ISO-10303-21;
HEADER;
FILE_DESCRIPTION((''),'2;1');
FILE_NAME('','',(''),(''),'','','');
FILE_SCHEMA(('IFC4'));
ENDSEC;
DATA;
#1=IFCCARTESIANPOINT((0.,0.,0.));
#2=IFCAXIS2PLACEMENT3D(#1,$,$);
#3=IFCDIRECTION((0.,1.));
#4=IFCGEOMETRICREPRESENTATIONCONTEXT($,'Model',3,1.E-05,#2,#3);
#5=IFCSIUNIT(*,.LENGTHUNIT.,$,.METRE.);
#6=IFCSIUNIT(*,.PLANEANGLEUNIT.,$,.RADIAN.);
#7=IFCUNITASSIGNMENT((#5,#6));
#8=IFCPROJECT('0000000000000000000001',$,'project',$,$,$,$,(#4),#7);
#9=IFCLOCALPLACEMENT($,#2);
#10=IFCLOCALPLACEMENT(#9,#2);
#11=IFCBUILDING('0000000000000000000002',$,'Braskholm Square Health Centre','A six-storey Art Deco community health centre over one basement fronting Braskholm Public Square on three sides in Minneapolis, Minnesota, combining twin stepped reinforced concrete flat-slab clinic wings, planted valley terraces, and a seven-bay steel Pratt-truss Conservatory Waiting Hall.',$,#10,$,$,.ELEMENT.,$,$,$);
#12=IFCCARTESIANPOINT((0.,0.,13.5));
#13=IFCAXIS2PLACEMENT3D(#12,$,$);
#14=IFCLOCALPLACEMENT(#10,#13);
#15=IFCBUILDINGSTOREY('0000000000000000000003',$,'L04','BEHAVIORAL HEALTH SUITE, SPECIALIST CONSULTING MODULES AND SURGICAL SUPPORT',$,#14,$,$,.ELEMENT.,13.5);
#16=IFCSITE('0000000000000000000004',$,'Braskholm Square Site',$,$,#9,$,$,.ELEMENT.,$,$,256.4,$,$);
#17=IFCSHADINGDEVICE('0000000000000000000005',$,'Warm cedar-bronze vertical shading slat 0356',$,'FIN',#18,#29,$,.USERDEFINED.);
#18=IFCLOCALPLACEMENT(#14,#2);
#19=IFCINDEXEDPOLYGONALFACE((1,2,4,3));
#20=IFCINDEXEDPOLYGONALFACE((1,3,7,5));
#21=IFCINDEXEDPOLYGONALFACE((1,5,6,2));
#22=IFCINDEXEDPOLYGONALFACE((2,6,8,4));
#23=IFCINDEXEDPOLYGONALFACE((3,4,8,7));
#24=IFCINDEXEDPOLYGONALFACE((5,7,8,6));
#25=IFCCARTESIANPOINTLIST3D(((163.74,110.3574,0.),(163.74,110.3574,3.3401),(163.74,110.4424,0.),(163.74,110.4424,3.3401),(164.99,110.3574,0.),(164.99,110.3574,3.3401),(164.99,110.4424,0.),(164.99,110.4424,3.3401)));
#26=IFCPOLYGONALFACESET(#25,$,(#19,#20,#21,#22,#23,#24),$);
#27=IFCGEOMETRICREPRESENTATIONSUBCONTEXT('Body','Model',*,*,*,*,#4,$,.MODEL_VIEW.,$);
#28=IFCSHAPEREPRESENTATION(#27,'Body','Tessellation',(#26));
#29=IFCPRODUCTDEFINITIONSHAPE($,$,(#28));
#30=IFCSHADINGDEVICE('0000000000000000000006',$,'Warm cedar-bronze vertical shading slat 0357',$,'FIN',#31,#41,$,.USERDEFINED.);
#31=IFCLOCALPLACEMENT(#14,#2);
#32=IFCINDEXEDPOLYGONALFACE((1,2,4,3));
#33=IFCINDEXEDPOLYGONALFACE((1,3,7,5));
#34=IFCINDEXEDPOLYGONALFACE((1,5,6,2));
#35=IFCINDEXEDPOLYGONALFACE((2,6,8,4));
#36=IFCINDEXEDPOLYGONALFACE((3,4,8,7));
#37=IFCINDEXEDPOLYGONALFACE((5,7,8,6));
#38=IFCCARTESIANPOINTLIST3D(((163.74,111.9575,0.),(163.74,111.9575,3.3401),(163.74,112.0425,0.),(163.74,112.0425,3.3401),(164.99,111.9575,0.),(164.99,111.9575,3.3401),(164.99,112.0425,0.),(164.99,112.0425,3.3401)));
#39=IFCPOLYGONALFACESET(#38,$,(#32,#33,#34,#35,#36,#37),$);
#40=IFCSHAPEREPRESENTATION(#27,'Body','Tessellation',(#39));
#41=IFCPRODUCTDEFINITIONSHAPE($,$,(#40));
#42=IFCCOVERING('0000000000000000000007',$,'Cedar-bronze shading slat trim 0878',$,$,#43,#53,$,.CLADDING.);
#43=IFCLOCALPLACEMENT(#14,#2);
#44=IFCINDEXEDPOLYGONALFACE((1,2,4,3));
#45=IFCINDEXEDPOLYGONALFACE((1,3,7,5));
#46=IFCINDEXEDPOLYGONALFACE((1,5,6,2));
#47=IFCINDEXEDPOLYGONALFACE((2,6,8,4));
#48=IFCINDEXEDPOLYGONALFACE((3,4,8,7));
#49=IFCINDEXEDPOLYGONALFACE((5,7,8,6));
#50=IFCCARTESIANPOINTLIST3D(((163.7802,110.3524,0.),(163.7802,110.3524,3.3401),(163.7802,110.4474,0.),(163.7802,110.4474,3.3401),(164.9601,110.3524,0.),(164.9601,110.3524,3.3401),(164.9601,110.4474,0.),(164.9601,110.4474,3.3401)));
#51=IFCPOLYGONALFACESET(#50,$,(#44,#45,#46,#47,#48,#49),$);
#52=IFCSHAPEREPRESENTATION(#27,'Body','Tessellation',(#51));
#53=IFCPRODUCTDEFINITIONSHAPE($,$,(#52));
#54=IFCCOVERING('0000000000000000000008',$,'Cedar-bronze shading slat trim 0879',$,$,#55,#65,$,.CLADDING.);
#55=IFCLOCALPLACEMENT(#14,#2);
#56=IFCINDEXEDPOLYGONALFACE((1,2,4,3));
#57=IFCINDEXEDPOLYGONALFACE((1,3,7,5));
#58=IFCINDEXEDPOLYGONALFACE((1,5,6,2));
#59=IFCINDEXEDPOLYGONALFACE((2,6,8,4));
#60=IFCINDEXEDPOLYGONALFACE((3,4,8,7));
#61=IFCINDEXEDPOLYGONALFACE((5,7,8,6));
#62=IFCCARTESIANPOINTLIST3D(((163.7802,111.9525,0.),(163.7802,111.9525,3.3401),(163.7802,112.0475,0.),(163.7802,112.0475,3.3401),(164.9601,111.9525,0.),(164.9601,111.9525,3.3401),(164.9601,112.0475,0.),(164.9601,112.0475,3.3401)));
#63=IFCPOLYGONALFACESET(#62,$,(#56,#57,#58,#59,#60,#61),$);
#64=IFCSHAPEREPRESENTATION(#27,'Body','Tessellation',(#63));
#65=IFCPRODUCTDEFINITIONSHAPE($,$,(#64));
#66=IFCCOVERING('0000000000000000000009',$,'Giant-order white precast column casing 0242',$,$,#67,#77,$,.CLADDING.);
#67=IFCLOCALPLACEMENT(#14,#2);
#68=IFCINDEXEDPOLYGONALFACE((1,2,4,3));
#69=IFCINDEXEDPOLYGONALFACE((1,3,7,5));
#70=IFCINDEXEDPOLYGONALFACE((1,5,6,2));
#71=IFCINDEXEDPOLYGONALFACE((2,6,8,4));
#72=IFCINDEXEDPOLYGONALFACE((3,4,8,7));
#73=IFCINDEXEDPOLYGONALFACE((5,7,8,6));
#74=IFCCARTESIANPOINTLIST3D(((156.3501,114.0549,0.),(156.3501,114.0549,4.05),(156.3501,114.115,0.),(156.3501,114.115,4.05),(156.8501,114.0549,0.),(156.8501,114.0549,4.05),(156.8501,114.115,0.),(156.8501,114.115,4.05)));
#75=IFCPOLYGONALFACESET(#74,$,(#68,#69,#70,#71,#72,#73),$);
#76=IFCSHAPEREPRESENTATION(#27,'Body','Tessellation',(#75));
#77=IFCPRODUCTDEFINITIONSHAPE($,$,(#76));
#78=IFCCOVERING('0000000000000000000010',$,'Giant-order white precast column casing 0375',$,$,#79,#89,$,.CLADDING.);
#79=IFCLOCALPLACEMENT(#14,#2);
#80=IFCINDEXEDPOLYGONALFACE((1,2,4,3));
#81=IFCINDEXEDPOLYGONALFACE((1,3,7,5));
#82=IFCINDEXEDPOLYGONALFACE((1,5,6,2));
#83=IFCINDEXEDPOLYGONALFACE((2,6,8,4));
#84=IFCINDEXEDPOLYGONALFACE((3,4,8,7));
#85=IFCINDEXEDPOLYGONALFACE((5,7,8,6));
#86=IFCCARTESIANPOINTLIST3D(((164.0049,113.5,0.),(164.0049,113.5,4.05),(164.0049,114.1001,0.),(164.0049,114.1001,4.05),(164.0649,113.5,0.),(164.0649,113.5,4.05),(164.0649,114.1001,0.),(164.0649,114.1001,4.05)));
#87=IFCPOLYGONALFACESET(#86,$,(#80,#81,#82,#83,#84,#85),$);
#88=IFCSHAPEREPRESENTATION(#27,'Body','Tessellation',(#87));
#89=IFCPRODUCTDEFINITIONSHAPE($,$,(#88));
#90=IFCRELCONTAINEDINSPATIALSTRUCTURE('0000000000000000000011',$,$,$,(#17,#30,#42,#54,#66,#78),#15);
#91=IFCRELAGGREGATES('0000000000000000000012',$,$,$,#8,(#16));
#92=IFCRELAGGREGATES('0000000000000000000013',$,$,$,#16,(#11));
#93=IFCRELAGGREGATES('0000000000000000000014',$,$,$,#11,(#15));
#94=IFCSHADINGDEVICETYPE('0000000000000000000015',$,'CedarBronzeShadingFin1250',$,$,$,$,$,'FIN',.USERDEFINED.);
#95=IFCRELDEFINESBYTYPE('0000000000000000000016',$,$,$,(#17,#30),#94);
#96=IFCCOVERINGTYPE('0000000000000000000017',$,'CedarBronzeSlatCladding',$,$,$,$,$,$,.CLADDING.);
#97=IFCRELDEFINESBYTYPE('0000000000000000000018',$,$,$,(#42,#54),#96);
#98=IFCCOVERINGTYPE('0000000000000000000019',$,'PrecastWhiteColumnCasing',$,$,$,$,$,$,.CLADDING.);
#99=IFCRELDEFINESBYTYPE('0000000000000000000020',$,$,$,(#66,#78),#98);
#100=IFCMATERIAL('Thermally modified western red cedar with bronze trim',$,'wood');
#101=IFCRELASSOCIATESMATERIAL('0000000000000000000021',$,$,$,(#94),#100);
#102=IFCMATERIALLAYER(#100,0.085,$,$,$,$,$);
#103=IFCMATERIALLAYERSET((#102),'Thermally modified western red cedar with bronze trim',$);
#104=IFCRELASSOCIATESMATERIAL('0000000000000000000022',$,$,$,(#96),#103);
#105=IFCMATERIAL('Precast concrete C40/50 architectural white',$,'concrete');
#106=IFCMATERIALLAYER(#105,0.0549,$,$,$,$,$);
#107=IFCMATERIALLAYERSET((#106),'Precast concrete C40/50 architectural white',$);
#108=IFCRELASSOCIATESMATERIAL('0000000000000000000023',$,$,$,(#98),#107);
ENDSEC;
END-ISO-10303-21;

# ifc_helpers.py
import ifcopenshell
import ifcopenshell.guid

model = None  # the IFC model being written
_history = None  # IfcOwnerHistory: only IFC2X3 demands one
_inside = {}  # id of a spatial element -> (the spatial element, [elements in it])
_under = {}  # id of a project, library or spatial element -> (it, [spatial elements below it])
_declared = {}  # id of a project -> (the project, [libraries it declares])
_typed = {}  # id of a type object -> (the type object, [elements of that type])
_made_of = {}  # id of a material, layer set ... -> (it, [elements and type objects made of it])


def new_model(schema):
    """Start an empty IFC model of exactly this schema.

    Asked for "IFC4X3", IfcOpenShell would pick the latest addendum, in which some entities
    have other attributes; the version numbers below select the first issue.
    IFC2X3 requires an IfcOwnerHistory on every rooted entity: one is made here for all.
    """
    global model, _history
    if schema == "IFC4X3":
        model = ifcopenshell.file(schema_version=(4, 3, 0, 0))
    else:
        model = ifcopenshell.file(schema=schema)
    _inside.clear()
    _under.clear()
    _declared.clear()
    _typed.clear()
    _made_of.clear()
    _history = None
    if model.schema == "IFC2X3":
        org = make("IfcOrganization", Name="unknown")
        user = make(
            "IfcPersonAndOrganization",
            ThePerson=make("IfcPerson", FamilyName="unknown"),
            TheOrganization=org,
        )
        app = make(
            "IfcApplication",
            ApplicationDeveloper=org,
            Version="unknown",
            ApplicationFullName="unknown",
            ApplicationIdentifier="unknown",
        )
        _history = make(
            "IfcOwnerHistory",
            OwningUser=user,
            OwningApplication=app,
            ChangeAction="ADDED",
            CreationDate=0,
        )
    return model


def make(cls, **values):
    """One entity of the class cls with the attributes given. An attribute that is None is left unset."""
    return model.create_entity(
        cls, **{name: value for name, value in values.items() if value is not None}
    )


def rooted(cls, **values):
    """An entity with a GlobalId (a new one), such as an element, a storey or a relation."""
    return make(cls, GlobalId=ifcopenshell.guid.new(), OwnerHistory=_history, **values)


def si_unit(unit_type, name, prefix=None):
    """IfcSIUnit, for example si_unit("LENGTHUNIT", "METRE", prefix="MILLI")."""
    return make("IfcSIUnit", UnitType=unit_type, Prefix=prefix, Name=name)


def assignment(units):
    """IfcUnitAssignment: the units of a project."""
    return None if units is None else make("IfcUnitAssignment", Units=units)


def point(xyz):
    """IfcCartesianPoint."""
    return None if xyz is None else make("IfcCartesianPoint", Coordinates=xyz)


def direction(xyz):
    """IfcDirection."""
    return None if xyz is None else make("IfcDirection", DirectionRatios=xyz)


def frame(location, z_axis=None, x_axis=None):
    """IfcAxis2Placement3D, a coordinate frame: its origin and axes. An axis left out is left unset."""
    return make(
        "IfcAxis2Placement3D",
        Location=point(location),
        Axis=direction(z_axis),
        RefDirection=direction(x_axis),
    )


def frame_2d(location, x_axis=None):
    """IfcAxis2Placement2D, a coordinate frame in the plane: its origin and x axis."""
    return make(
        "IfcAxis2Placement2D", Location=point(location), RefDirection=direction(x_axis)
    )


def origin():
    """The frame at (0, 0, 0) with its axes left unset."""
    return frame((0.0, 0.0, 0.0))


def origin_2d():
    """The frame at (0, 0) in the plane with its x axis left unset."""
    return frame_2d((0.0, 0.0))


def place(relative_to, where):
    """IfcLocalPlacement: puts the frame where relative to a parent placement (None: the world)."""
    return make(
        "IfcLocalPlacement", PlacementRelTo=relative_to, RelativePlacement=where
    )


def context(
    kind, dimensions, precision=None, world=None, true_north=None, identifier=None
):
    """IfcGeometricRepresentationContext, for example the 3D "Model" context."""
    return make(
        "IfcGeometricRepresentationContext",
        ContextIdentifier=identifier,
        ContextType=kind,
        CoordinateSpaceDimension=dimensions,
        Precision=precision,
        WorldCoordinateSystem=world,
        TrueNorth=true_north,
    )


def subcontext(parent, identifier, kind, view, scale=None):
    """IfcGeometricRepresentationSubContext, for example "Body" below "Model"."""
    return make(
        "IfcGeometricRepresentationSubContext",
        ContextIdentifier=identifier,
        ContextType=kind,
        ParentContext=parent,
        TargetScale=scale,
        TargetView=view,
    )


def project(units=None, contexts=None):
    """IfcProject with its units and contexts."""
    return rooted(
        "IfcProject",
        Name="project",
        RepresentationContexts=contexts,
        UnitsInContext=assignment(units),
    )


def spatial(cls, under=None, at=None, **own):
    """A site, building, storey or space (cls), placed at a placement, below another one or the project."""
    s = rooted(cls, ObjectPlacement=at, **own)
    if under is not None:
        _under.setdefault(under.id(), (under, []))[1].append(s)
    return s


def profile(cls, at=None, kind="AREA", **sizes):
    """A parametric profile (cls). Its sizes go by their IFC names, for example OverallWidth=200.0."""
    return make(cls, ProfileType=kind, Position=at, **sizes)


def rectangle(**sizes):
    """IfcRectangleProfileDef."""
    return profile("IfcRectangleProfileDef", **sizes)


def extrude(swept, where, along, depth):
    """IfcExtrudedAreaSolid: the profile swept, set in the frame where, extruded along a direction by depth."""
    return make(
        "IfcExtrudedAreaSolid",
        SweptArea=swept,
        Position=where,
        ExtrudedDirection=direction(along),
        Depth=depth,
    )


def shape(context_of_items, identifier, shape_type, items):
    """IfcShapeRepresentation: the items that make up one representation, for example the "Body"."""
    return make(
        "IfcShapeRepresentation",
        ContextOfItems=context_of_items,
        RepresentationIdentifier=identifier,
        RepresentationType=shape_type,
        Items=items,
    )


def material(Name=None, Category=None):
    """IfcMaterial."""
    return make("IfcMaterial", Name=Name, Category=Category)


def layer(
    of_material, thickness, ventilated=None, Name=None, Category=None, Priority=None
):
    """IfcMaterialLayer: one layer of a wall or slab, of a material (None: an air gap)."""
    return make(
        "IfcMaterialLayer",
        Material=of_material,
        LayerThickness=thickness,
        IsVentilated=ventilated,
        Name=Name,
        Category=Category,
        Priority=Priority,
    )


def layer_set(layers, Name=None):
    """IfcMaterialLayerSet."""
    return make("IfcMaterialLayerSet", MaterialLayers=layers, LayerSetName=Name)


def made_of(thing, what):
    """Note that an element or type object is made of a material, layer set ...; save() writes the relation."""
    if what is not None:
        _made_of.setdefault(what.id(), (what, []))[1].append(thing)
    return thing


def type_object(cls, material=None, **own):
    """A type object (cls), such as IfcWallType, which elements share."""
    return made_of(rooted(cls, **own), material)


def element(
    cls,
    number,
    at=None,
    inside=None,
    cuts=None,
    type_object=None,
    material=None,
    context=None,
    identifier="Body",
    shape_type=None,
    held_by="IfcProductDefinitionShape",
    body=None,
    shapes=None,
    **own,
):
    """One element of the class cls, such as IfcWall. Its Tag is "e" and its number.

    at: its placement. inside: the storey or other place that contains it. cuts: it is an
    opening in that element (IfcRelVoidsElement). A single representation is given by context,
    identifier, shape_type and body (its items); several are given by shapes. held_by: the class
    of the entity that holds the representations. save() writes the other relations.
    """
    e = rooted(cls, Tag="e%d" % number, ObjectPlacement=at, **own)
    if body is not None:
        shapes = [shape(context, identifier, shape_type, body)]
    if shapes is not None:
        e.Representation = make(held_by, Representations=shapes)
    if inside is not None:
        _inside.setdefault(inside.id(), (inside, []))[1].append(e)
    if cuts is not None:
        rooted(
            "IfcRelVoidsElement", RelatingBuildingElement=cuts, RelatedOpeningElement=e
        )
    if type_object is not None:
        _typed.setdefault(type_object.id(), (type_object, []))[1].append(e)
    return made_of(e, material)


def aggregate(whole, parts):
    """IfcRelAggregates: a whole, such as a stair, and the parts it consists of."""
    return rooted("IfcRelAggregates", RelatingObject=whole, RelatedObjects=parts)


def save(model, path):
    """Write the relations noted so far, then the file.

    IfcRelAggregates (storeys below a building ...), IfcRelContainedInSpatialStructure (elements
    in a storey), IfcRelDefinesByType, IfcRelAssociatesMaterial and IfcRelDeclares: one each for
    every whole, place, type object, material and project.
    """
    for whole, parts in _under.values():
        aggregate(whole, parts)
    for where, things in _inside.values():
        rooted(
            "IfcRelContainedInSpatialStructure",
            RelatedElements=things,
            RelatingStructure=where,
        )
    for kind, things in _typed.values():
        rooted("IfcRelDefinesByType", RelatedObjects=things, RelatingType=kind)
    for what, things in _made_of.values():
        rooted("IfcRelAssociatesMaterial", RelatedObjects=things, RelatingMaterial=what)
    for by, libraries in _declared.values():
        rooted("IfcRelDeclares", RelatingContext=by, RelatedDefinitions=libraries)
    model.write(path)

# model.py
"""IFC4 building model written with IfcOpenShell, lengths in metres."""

from ifc_helpers import new_model, si_unit, direction, frame, origin, origin_2d, place, context, subcontext, project, spatial, rectangle, extrude, material, layer, layer_set, type_object, element, save


model = new_model("IFC4")

# Units and contexts
model_context = context("Model", 3, precision=1e-05, world=origin(), true_north=direction((0.0, 1.0)))
body_context = subcontext(model_context, "Body", "Model", "MODEL_VIEW")
ifc_project = project(units=[si_unit("LENGTHUNIT", "METRE"), si_unit("PLANEANGLEUNIT", "RADIAN")], contexts=[model_context])

# Site, building, storey
site_placement = place(None, origin())
site = spatial("IfcSite", under=ifc_project, at=site_placement, Name="Braskholm Square Site", CompositionType="ELEMENT", RefElevation=256.4)
building_placement = place(site_placement, origin())
building = spatial("IfcBuilding", under=site, at=building_placement, Name="Braskholm Square Health Centre", Description="A six-storey Art Deco community health centre over one basement fronting Braskholm Public Square on three sides in Minneapolis, Minnesota, combining twin stepped reinforced concrete flat-slab clinic wings, planted valley terraces, and a seven-bay steel Pratt-truss Conservatory Waiting Hall.", CompositionType="ELEMENT")
storey_placement = place(building_placement, frame((0.0, 0.0, 13.5)))
storey = spatial("IfcBuildingStorey", under=building, at=storey_placement, Name="L04", Description="BEHAVIORAL HEALTH SUITE, SPECIALIST CONSULTING MODULES AND SURGICAL SUPPORT", CompositionType="ELEMENT", Elevation=13.5)

# Shared definitions
ifc_material_1 = material(Name="Precast concrete C40/50 architectural white", Category="concrete")

# Shading devices
ifc_material_2 = material(Name="Thermally modified western red cedar with bronze trim", Category="wood")
shading_device_type = type_object("IfcShadingDeviceType", Name="CedarBronzeShadingFin1250", ElementType="FIN", PredefinedType="USERDEFINED", material=ifc_material_2)
for number, where, z_axis, x_axis, name in (
    (1, (164.365, 110.3999, 0.0), (0.0, 0.0, 1.0), (1.0, 0.0, 0.0), "Warm cedar-bronze vertical shading slat 0356"),
    (2, (164.365, 112.0, 0.0), (0.0, 0.0, 1.0), (1.0, 0.0, 0.0), "Warm cedar-bronze vertical shading slat 0357"),
):
    element("IfcShadingDevice", number, at=place(storey_placement, frame(where, z_axis=z_axis, x_axis=x_axis)), inside=storey, type_object=shading_device_type, Name=name, ObjectType="FIN", PredefinedType="USERDEFINED", context=body_context, shape_type="SweptSolid", body=[
        extrude(rectangle(XDim=1.25, YDim=0.085, at=origin_2d()), origin(), (0.0, 0.0, 1.0), 3.3401),
    ])

# Coverings
ifc_layer_1 = layer(ifc_material_2, 0.085)
ifc_layer_set_1 = layer_set([ifc_layer_1], Name="Thermally modified western red cedar with bronze trim")
covering_type_1 = type_object("IfcCoveringType", Name="CedarBronzeSlatCladding", PredefinedType="CLADDING", material=ifc_layer_set_1)
for number, where, z_axis, x_axis, name in (
    (3, (164.3701, 110.3999, 0.0), (0.0, 0.0, 1.0), (1.0, 0.0, 0.0), "Cedar-bronze shading slat trim 0878"),
    (4, (164.3701, 112.0, 0.0), (0.0, 0.0, 1.0), (1.0, 0.0, 0.0), "Cedar-bronze shading slat trim 0879"),
):
    element("IfcCovering", number, at=place(storey_placement, frame(where, z_axis=z_axis, x_axis=x_axis)), inside=storey, type_object=covering_type_1, Name=name, PredefinedType="CLADDING", context=body_context, shape_type="SweptSolid", body=[
        extrude(rectangle(XDim=1.1799, YDim=0.095, at=origin_2d()), origin(), (0.0, 0.0, 1.0), 3.3401),
    ])
ifc_layer_2 = layer(ifc_material_1, 0.0549)
ifc_layer_set_2 = layer_set([ifc_layer_2], Name="Precast concrete C40/50 architectural white")
covering_type_2 = type_object("IfcCoveringType", Name="PrecastWhiteColumnCasing", PredefinedType="CLADDING", material=ifc_layer_set_2)
covering_1_placement = place(storey_placement, frame((156.6001, 114.085, 0.0), z_axis=(0.0, 0.0, 1.0), x_axis=(1.0, 0.0, 0.0)))
element("IfcCovering", 5, at=covering_1_placement, inside=storey, type_object=covering_type_2, Name="Giant-order white precast column casing 0242", PredefinedType="CLADDING", context=body_context, shape_type="SweptSolid", body=[
    extrude(rectangle(XDim=0.5, YDim=0.0601, at=origin_2d()), origin(), (0.0, 0.0, 1.0), 4.05),
])
covering_2_placement = place(storey_placement, frame((164.0349, 113.8, 0.0), z_axis=(0.0, 0.0, 1.0), x_axis=(1.0, 0.0, 0.0)))
element("IfcCovering", 6, at=covering_2_placement, inside=storey, type_object=covering_type_2, Name="Giant-order white precast column casing 0375", PredefinedType="CLADDING", context=body_context, shape_type="SweptSolid", body=[
    extrude(rectangle(XDim=0.0601, YDim=0.6001, at=origin_2d()), origin(), (0.0, 0.0, 1.0), 4.05),
])

save(model, "model.ifc")
